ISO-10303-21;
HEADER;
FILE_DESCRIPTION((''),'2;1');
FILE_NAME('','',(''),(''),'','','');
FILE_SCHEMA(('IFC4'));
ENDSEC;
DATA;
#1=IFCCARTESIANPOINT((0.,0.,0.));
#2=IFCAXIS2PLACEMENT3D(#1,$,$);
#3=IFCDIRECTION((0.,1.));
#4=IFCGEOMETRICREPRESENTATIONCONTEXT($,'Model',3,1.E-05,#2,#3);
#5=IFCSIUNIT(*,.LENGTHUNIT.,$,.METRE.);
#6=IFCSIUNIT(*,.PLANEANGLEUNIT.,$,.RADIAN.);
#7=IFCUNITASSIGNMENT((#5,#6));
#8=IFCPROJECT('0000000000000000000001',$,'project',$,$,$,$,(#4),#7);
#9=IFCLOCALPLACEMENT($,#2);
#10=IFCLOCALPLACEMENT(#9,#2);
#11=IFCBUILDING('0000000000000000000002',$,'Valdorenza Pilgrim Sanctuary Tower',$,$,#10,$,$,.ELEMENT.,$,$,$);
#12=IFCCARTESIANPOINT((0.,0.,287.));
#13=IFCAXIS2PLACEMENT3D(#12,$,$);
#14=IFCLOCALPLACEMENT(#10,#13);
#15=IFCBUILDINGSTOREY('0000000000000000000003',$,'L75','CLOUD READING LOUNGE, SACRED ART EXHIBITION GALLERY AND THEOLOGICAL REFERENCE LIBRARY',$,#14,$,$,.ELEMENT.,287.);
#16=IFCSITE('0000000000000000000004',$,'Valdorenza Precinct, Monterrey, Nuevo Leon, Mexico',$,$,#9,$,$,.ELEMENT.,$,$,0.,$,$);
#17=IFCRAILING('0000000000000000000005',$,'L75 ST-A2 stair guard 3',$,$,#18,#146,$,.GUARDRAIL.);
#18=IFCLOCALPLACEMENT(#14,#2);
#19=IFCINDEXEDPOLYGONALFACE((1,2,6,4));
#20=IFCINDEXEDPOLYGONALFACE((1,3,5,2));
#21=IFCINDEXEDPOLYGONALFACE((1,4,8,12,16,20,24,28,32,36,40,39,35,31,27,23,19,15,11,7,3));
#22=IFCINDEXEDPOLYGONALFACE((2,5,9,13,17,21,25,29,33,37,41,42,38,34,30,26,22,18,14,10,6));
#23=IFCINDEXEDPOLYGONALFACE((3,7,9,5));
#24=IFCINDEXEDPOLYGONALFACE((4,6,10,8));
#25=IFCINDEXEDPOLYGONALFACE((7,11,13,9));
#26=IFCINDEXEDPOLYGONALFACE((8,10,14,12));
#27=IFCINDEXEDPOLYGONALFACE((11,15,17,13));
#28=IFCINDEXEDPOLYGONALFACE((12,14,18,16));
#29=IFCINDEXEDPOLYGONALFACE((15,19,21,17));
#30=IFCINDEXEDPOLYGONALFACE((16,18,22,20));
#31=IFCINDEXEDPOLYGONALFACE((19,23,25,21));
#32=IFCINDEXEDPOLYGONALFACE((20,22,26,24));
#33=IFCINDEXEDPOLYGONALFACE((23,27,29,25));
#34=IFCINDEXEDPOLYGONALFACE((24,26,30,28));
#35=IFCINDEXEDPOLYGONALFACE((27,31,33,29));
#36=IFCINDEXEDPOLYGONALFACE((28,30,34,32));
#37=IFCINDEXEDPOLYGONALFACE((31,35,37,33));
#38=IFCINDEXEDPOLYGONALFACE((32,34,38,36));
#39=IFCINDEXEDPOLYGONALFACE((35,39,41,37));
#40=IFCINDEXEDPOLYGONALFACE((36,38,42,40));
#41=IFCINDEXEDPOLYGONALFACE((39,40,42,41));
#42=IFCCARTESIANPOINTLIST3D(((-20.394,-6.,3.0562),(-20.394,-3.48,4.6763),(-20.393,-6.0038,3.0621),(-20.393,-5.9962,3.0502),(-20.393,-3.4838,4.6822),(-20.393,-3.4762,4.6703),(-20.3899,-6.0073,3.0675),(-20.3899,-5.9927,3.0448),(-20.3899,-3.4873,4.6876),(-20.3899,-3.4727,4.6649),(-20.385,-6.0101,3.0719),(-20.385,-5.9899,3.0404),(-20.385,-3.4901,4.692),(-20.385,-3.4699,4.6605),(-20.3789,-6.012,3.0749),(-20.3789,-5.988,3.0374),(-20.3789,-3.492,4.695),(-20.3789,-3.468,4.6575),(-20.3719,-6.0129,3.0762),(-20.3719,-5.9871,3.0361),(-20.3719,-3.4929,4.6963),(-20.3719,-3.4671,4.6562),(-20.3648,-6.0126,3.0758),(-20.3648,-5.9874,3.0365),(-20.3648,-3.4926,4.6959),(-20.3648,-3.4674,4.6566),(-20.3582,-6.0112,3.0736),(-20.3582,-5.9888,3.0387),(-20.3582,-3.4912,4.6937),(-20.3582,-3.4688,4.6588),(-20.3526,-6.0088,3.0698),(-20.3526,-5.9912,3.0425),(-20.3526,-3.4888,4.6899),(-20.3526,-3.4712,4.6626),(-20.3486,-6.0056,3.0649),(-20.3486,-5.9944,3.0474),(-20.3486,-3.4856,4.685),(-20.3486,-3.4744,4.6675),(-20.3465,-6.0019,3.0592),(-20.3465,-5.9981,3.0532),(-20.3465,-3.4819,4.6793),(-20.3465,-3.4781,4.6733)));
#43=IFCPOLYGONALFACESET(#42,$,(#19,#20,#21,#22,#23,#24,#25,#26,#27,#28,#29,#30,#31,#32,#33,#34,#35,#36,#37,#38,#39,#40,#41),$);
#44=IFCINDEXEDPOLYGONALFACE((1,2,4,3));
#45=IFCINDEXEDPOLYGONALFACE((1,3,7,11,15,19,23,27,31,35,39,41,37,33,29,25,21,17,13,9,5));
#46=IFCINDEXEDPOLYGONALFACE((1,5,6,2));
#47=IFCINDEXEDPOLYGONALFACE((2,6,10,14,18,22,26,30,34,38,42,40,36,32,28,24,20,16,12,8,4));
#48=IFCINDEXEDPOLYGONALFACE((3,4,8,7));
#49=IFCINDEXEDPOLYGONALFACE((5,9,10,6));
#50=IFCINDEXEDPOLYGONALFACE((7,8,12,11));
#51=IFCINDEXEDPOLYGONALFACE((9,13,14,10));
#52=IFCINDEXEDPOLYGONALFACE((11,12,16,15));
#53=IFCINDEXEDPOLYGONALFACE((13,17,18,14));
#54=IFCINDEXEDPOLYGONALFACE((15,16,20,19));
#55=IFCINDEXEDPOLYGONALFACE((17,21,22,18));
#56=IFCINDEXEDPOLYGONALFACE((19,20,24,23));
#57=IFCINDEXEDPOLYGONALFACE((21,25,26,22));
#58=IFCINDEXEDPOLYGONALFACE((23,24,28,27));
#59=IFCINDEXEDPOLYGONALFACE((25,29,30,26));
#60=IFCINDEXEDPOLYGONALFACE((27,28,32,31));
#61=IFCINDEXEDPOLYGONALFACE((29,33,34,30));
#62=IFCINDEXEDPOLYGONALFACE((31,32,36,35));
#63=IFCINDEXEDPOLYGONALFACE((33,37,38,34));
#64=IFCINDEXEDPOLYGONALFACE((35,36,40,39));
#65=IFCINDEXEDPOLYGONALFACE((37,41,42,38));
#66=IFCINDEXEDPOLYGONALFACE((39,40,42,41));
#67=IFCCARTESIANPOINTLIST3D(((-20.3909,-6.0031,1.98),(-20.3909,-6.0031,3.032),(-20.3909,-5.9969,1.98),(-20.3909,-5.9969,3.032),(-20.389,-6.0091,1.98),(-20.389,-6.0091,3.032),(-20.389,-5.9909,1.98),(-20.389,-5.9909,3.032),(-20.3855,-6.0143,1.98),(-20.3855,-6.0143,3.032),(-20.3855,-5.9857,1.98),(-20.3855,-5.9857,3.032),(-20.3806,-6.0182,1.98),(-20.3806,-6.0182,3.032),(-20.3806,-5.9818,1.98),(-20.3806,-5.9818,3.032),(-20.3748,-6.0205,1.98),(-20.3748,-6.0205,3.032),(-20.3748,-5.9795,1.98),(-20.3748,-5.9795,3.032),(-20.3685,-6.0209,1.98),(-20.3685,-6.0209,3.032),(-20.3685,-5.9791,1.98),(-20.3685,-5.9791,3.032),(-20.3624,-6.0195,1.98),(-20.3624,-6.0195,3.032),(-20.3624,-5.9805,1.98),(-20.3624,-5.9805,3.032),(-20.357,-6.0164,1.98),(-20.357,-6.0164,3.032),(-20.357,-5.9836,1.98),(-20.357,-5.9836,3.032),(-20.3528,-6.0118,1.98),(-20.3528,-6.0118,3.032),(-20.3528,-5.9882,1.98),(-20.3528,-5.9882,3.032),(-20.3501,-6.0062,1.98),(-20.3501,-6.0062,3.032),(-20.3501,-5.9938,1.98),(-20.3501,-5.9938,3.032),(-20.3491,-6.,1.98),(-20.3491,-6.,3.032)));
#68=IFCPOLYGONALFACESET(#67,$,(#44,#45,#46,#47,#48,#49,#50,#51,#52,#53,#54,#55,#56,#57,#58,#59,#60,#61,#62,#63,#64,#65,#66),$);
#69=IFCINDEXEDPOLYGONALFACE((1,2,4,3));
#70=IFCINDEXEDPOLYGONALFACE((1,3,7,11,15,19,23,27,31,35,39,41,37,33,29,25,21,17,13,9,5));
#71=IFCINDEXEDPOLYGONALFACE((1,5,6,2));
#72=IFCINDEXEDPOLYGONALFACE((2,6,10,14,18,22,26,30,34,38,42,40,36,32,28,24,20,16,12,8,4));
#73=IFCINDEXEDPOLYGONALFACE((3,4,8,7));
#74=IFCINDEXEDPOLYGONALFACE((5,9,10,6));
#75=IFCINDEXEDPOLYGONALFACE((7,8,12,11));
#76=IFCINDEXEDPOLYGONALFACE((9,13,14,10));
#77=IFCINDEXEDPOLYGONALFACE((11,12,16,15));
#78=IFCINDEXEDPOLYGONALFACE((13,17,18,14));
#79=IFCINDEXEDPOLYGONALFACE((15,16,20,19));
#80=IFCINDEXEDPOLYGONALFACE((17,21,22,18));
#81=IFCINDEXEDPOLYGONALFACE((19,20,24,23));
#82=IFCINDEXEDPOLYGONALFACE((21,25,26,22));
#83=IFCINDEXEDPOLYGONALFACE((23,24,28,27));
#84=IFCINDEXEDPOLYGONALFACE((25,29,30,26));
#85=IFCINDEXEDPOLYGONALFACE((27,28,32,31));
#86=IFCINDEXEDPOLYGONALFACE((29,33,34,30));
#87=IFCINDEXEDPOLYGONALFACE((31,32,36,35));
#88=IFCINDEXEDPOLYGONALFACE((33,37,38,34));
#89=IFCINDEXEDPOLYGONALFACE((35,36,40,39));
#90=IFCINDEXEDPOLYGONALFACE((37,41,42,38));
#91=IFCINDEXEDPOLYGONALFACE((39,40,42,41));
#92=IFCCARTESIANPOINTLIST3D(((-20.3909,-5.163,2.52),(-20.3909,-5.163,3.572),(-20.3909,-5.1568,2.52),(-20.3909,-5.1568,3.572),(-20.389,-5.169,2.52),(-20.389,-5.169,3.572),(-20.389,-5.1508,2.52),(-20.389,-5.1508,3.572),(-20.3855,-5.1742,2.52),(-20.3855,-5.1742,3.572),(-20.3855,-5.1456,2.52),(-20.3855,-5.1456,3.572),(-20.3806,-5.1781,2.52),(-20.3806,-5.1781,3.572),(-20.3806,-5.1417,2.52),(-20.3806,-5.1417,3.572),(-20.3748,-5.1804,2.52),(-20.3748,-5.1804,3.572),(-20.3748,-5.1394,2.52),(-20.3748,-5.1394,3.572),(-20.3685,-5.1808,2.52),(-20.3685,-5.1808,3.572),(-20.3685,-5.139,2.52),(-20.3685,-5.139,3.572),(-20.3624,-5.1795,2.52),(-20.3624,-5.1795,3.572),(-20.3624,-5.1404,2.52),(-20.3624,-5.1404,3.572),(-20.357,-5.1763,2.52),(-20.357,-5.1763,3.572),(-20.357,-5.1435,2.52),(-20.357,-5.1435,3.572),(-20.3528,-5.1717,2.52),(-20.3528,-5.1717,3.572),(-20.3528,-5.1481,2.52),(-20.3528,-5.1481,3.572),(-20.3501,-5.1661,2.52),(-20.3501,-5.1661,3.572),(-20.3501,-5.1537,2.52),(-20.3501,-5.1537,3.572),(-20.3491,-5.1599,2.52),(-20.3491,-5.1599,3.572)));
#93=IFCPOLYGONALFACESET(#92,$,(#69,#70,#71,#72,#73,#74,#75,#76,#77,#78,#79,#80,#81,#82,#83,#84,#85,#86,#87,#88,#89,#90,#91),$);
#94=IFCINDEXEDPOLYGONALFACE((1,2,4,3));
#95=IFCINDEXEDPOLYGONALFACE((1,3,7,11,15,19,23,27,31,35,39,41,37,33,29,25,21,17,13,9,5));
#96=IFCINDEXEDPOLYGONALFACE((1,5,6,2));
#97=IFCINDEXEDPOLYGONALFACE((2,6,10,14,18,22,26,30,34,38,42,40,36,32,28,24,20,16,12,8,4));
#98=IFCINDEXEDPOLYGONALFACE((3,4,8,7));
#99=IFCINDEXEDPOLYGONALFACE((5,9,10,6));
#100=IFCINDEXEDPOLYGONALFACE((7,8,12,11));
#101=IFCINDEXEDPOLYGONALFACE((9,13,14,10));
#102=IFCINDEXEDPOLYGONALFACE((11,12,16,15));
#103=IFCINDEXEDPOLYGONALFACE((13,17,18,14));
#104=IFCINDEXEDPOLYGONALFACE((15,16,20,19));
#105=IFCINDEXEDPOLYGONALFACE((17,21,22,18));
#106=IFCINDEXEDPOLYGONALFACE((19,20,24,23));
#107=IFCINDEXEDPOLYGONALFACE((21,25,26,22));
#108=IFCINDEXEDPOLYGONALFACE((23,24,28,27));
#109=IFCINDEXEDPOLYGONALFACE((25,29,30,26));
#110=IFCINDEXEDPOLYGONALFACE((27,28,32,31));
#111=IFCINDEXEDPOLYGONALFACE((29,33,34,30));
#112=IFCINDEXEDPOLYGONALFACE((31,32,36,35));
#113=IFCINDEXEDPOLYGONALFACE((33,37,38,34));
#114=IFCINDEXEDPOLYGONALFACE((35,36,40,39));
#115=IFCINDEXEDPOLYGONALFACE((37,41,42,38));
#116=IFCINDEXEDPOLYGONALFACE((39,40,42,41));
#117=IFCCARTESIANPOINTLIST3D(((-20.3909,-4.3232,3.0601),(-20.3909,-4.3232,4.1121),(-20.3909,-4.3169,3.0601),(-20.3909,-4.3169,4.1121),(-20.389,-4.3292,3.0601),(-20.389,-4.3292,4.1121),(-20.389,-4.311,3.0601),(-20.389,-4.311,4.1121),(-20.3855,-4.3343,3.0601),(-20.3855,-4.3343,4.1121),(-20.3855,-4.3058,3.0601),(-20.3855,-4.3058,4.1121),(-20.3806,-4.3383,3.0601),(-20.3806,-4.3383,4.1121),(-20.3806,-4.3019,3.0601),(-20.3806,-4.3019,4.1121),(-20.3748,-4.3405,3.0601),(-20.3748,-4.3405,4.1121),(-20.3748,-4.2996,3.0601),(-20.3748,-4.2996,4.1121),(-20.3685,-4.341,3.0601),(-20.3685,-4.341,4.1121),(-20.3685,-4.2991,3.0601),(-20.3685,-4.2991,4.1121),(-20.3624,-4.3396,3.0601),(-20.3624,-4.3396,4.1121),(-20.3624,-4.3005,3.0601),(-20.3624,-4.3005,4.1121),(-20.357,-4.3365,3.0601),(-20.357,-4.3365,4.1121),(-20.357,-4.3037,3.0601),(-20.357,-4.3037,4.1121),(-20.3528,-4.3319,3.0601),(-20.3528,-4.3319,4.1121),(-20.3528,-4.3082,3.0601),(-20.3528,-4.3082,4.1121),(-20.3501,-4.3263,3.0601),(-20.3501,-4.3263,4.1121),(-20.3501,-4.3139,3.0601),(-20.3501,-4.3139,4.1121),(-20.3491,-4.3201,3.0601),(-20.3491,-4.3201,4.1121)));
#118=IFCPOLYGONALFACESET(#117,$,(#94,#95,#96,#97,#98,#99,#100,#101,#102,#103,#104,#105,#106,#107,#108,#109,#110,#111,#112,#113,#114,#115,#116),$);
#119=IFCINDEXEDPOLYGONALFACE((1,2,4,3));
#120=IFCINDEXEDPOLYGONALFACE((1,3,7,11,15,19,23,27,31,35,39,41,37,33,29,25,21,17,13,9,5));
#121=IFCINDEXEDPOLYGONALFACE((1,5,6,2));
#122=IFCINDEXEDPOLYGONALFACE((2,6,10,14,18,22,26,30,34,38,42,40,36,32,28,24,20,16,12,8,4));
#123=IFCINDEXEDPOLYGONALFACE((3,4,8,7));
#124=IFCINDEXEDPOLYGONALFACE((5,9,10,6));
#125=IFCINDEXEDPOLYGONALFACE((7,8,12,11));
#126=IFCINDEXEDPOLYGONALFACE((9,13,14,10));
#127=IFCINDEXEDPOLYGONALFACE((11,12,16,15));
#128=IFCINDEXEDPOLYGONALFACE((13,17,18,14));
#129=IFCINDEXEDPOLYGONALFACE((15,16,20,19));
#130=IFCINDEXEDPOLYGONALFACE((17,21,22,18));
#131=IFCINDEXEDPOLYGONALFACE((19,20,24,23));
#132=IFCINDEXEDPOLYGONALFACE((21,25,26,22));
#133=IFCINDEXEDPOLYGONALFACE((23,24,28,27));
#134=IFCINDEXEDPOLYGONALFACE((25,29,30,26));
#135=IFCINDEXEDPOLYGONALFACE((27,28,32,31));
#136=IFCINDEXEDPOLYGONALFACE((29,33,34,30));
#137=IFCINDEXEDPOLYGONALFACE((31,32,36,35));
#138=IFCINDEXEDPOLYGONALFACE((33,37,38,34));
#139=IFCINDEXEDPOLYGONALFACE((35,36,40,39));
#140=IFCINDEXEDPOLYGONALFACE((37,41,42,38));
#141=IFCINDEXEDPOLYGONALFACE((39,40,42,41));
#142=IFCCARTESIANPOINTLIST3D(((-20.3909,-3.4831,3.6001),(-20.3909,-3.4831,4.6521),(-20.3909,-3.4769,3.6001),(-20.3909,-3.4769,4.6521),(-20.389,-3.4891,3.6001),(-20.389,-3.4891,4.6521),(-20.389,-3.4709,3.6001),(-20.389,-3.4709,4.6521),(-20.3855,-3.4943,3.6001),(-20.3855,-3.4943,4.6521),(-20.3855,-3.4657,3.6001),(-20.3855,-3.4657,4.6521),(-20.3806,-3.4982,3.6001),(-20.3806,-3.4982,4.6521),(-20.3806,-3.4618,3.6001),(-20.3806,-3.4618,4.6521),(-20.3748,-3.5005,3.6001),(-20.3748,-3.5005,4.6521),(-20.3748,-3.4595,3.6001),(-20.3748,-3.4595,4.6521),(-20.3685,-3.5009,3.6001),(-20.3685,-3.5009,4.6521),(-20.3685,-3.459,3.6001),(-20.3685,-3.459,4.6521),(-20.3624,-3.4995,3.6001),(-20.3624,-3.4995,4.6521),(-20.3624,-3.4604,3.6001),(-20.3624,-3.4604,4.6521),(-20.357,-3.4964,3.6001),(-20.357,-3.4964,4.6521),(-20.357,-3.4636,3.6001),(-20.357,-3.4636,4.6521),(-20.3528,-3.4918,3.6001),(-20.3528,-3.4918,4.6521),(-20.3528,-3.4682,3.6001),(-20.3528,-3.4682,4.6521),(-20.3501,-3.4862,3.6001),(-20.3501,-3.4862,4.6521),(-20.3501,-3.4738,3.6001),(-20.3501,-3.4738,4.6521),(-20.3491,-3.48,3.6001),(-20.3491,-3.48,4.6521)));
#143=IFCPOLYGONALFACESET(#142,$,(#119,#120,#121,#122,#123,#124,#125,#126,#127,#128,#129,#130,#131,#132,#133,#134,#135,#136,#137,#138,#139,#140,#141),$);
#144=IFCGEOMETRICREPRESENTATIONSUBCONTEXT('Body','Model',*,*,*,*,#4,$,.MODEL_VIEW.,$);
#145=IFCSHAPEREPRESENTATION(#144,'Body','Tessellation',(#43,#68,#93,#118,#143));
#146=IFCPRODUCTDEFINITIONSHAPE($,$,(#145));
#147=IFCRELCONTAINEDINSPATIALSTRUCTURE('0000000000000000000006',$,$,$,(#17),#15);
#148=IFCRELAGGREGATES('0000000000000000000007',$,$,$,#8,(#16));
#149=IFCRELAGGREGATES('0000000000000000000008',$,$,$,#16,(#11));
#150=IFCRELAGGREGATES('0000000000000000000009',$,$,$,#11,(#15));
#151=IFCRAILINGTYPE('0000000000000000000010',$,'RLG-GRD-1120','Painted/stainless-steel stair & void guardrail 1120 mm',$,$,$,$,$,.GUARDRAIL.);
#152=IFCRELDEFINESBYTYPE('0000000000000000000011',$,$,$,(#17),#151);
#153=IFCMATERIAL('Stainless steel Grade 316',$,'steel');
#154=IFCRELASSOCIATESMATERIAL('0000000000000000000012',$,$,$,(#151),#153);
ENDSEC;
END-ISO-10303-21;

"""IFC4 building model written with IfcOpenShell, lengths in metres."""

from ifc_helpers import new_model, si_unit, direction, frame, origin, origin_2d, place, context, subcontext, project, spatial, circle, extrude, material, type_object, element, save


model = new_model("IFC4")

# Units and contexts
model_context = context("Model", 3, precision=1e-05, world=origin(), true_north=direction((0.0, 1.0)))
body_context = subcontext(model_context, "Body", "Model", "MODEL_VIEW")
ifc_project = project(units=[si_unit("LENGTHUNIT", "METRE"), si_unit("PLANEANGLEUNIT", "RADIAN")], contexts=[model_context])

# Site, building, storey
site_placement = place(None, origin())
site = spatial("IfcSite", under=ifc_project, at=site_placement, Name="Valdorenza Precinct, Monterrey, Nuevo Leon, Mexico", CompositionType="ELEMENT", RefElevation=0.0)
building_placement = place(site_placement, origin())
building = spatial("IfcBuilding", under=site, at=building_placement, Name="Valdorenza Pilgrim Sanctuary Tower", CompositionType="ELEMENT")
storey_placement = place(building_placement, frame((0.0, 0.0, 287.0)))
storey = spatial("IfcBuildingStorey", under=building, at=storey_placement, Name="L75", Description="CLOUD READING LOUNGE, SACRED ART EXHIBITION GALLERY AND THEOLOGICAL REFERENCE LIBRARY", CompositionType="ELEMENT", Elevation=287.0)

# Railing
ifc_material_1 = material(Name="Stainless steel Grade 316", Category="steel")
railing_type_1 = type_object("IfcRailingType", Name="RLG-GRD-1120", Description="Painted/stainless-steel stair & void guardrail 1120 mm", PredefinedType="GUARDRAIL", material=ifc_material_1)
railing_1_placement = place(storey_placement, frame((-20.3701, -6.0, 1.98)))
element("IfcRailing", 1, at=railing_1_placement, inside=storey, type_object=railing_type_1, Name="L75 ST-A2 stair guard 3", PredefinedType="GUARDRAIL", context=body_context, shape_type="SweptSolid", body=[
    extrude(circle(Radius=0.0239, at=origin_2d()), frame((0.0, 0.0, 1.0762), z_axis=(0.0, 0.841163, 0.540782), x_axis=(-1.0, 0.0, 0.0)), (0.0, 0.0, 1.0), 2.9958),
    extrude(circle(Radius=0.021, at=origin_2d()), origin(), (0.0, 0.0, 1.0), 1.052),
    extrude(circle(Radius=0.021, at=origin_2d()), frame((0.0, 0.8401, 0.54)), (0.0, 0.0, 1.0), 1.052),
    extrude(circle(Radius=0.021, at=origin_2d()), frame((0.0, 1.6799, 1.0801)), (0.0, 0.0, 1.0), 1.052),
    extrude(circle(Radius=0.021, at=origin_2d()), frame((0.0, 2.52, 1.6201)), (0.0, 0.0, 1.0), 1.052),
])

save(model, "model.ifc")
